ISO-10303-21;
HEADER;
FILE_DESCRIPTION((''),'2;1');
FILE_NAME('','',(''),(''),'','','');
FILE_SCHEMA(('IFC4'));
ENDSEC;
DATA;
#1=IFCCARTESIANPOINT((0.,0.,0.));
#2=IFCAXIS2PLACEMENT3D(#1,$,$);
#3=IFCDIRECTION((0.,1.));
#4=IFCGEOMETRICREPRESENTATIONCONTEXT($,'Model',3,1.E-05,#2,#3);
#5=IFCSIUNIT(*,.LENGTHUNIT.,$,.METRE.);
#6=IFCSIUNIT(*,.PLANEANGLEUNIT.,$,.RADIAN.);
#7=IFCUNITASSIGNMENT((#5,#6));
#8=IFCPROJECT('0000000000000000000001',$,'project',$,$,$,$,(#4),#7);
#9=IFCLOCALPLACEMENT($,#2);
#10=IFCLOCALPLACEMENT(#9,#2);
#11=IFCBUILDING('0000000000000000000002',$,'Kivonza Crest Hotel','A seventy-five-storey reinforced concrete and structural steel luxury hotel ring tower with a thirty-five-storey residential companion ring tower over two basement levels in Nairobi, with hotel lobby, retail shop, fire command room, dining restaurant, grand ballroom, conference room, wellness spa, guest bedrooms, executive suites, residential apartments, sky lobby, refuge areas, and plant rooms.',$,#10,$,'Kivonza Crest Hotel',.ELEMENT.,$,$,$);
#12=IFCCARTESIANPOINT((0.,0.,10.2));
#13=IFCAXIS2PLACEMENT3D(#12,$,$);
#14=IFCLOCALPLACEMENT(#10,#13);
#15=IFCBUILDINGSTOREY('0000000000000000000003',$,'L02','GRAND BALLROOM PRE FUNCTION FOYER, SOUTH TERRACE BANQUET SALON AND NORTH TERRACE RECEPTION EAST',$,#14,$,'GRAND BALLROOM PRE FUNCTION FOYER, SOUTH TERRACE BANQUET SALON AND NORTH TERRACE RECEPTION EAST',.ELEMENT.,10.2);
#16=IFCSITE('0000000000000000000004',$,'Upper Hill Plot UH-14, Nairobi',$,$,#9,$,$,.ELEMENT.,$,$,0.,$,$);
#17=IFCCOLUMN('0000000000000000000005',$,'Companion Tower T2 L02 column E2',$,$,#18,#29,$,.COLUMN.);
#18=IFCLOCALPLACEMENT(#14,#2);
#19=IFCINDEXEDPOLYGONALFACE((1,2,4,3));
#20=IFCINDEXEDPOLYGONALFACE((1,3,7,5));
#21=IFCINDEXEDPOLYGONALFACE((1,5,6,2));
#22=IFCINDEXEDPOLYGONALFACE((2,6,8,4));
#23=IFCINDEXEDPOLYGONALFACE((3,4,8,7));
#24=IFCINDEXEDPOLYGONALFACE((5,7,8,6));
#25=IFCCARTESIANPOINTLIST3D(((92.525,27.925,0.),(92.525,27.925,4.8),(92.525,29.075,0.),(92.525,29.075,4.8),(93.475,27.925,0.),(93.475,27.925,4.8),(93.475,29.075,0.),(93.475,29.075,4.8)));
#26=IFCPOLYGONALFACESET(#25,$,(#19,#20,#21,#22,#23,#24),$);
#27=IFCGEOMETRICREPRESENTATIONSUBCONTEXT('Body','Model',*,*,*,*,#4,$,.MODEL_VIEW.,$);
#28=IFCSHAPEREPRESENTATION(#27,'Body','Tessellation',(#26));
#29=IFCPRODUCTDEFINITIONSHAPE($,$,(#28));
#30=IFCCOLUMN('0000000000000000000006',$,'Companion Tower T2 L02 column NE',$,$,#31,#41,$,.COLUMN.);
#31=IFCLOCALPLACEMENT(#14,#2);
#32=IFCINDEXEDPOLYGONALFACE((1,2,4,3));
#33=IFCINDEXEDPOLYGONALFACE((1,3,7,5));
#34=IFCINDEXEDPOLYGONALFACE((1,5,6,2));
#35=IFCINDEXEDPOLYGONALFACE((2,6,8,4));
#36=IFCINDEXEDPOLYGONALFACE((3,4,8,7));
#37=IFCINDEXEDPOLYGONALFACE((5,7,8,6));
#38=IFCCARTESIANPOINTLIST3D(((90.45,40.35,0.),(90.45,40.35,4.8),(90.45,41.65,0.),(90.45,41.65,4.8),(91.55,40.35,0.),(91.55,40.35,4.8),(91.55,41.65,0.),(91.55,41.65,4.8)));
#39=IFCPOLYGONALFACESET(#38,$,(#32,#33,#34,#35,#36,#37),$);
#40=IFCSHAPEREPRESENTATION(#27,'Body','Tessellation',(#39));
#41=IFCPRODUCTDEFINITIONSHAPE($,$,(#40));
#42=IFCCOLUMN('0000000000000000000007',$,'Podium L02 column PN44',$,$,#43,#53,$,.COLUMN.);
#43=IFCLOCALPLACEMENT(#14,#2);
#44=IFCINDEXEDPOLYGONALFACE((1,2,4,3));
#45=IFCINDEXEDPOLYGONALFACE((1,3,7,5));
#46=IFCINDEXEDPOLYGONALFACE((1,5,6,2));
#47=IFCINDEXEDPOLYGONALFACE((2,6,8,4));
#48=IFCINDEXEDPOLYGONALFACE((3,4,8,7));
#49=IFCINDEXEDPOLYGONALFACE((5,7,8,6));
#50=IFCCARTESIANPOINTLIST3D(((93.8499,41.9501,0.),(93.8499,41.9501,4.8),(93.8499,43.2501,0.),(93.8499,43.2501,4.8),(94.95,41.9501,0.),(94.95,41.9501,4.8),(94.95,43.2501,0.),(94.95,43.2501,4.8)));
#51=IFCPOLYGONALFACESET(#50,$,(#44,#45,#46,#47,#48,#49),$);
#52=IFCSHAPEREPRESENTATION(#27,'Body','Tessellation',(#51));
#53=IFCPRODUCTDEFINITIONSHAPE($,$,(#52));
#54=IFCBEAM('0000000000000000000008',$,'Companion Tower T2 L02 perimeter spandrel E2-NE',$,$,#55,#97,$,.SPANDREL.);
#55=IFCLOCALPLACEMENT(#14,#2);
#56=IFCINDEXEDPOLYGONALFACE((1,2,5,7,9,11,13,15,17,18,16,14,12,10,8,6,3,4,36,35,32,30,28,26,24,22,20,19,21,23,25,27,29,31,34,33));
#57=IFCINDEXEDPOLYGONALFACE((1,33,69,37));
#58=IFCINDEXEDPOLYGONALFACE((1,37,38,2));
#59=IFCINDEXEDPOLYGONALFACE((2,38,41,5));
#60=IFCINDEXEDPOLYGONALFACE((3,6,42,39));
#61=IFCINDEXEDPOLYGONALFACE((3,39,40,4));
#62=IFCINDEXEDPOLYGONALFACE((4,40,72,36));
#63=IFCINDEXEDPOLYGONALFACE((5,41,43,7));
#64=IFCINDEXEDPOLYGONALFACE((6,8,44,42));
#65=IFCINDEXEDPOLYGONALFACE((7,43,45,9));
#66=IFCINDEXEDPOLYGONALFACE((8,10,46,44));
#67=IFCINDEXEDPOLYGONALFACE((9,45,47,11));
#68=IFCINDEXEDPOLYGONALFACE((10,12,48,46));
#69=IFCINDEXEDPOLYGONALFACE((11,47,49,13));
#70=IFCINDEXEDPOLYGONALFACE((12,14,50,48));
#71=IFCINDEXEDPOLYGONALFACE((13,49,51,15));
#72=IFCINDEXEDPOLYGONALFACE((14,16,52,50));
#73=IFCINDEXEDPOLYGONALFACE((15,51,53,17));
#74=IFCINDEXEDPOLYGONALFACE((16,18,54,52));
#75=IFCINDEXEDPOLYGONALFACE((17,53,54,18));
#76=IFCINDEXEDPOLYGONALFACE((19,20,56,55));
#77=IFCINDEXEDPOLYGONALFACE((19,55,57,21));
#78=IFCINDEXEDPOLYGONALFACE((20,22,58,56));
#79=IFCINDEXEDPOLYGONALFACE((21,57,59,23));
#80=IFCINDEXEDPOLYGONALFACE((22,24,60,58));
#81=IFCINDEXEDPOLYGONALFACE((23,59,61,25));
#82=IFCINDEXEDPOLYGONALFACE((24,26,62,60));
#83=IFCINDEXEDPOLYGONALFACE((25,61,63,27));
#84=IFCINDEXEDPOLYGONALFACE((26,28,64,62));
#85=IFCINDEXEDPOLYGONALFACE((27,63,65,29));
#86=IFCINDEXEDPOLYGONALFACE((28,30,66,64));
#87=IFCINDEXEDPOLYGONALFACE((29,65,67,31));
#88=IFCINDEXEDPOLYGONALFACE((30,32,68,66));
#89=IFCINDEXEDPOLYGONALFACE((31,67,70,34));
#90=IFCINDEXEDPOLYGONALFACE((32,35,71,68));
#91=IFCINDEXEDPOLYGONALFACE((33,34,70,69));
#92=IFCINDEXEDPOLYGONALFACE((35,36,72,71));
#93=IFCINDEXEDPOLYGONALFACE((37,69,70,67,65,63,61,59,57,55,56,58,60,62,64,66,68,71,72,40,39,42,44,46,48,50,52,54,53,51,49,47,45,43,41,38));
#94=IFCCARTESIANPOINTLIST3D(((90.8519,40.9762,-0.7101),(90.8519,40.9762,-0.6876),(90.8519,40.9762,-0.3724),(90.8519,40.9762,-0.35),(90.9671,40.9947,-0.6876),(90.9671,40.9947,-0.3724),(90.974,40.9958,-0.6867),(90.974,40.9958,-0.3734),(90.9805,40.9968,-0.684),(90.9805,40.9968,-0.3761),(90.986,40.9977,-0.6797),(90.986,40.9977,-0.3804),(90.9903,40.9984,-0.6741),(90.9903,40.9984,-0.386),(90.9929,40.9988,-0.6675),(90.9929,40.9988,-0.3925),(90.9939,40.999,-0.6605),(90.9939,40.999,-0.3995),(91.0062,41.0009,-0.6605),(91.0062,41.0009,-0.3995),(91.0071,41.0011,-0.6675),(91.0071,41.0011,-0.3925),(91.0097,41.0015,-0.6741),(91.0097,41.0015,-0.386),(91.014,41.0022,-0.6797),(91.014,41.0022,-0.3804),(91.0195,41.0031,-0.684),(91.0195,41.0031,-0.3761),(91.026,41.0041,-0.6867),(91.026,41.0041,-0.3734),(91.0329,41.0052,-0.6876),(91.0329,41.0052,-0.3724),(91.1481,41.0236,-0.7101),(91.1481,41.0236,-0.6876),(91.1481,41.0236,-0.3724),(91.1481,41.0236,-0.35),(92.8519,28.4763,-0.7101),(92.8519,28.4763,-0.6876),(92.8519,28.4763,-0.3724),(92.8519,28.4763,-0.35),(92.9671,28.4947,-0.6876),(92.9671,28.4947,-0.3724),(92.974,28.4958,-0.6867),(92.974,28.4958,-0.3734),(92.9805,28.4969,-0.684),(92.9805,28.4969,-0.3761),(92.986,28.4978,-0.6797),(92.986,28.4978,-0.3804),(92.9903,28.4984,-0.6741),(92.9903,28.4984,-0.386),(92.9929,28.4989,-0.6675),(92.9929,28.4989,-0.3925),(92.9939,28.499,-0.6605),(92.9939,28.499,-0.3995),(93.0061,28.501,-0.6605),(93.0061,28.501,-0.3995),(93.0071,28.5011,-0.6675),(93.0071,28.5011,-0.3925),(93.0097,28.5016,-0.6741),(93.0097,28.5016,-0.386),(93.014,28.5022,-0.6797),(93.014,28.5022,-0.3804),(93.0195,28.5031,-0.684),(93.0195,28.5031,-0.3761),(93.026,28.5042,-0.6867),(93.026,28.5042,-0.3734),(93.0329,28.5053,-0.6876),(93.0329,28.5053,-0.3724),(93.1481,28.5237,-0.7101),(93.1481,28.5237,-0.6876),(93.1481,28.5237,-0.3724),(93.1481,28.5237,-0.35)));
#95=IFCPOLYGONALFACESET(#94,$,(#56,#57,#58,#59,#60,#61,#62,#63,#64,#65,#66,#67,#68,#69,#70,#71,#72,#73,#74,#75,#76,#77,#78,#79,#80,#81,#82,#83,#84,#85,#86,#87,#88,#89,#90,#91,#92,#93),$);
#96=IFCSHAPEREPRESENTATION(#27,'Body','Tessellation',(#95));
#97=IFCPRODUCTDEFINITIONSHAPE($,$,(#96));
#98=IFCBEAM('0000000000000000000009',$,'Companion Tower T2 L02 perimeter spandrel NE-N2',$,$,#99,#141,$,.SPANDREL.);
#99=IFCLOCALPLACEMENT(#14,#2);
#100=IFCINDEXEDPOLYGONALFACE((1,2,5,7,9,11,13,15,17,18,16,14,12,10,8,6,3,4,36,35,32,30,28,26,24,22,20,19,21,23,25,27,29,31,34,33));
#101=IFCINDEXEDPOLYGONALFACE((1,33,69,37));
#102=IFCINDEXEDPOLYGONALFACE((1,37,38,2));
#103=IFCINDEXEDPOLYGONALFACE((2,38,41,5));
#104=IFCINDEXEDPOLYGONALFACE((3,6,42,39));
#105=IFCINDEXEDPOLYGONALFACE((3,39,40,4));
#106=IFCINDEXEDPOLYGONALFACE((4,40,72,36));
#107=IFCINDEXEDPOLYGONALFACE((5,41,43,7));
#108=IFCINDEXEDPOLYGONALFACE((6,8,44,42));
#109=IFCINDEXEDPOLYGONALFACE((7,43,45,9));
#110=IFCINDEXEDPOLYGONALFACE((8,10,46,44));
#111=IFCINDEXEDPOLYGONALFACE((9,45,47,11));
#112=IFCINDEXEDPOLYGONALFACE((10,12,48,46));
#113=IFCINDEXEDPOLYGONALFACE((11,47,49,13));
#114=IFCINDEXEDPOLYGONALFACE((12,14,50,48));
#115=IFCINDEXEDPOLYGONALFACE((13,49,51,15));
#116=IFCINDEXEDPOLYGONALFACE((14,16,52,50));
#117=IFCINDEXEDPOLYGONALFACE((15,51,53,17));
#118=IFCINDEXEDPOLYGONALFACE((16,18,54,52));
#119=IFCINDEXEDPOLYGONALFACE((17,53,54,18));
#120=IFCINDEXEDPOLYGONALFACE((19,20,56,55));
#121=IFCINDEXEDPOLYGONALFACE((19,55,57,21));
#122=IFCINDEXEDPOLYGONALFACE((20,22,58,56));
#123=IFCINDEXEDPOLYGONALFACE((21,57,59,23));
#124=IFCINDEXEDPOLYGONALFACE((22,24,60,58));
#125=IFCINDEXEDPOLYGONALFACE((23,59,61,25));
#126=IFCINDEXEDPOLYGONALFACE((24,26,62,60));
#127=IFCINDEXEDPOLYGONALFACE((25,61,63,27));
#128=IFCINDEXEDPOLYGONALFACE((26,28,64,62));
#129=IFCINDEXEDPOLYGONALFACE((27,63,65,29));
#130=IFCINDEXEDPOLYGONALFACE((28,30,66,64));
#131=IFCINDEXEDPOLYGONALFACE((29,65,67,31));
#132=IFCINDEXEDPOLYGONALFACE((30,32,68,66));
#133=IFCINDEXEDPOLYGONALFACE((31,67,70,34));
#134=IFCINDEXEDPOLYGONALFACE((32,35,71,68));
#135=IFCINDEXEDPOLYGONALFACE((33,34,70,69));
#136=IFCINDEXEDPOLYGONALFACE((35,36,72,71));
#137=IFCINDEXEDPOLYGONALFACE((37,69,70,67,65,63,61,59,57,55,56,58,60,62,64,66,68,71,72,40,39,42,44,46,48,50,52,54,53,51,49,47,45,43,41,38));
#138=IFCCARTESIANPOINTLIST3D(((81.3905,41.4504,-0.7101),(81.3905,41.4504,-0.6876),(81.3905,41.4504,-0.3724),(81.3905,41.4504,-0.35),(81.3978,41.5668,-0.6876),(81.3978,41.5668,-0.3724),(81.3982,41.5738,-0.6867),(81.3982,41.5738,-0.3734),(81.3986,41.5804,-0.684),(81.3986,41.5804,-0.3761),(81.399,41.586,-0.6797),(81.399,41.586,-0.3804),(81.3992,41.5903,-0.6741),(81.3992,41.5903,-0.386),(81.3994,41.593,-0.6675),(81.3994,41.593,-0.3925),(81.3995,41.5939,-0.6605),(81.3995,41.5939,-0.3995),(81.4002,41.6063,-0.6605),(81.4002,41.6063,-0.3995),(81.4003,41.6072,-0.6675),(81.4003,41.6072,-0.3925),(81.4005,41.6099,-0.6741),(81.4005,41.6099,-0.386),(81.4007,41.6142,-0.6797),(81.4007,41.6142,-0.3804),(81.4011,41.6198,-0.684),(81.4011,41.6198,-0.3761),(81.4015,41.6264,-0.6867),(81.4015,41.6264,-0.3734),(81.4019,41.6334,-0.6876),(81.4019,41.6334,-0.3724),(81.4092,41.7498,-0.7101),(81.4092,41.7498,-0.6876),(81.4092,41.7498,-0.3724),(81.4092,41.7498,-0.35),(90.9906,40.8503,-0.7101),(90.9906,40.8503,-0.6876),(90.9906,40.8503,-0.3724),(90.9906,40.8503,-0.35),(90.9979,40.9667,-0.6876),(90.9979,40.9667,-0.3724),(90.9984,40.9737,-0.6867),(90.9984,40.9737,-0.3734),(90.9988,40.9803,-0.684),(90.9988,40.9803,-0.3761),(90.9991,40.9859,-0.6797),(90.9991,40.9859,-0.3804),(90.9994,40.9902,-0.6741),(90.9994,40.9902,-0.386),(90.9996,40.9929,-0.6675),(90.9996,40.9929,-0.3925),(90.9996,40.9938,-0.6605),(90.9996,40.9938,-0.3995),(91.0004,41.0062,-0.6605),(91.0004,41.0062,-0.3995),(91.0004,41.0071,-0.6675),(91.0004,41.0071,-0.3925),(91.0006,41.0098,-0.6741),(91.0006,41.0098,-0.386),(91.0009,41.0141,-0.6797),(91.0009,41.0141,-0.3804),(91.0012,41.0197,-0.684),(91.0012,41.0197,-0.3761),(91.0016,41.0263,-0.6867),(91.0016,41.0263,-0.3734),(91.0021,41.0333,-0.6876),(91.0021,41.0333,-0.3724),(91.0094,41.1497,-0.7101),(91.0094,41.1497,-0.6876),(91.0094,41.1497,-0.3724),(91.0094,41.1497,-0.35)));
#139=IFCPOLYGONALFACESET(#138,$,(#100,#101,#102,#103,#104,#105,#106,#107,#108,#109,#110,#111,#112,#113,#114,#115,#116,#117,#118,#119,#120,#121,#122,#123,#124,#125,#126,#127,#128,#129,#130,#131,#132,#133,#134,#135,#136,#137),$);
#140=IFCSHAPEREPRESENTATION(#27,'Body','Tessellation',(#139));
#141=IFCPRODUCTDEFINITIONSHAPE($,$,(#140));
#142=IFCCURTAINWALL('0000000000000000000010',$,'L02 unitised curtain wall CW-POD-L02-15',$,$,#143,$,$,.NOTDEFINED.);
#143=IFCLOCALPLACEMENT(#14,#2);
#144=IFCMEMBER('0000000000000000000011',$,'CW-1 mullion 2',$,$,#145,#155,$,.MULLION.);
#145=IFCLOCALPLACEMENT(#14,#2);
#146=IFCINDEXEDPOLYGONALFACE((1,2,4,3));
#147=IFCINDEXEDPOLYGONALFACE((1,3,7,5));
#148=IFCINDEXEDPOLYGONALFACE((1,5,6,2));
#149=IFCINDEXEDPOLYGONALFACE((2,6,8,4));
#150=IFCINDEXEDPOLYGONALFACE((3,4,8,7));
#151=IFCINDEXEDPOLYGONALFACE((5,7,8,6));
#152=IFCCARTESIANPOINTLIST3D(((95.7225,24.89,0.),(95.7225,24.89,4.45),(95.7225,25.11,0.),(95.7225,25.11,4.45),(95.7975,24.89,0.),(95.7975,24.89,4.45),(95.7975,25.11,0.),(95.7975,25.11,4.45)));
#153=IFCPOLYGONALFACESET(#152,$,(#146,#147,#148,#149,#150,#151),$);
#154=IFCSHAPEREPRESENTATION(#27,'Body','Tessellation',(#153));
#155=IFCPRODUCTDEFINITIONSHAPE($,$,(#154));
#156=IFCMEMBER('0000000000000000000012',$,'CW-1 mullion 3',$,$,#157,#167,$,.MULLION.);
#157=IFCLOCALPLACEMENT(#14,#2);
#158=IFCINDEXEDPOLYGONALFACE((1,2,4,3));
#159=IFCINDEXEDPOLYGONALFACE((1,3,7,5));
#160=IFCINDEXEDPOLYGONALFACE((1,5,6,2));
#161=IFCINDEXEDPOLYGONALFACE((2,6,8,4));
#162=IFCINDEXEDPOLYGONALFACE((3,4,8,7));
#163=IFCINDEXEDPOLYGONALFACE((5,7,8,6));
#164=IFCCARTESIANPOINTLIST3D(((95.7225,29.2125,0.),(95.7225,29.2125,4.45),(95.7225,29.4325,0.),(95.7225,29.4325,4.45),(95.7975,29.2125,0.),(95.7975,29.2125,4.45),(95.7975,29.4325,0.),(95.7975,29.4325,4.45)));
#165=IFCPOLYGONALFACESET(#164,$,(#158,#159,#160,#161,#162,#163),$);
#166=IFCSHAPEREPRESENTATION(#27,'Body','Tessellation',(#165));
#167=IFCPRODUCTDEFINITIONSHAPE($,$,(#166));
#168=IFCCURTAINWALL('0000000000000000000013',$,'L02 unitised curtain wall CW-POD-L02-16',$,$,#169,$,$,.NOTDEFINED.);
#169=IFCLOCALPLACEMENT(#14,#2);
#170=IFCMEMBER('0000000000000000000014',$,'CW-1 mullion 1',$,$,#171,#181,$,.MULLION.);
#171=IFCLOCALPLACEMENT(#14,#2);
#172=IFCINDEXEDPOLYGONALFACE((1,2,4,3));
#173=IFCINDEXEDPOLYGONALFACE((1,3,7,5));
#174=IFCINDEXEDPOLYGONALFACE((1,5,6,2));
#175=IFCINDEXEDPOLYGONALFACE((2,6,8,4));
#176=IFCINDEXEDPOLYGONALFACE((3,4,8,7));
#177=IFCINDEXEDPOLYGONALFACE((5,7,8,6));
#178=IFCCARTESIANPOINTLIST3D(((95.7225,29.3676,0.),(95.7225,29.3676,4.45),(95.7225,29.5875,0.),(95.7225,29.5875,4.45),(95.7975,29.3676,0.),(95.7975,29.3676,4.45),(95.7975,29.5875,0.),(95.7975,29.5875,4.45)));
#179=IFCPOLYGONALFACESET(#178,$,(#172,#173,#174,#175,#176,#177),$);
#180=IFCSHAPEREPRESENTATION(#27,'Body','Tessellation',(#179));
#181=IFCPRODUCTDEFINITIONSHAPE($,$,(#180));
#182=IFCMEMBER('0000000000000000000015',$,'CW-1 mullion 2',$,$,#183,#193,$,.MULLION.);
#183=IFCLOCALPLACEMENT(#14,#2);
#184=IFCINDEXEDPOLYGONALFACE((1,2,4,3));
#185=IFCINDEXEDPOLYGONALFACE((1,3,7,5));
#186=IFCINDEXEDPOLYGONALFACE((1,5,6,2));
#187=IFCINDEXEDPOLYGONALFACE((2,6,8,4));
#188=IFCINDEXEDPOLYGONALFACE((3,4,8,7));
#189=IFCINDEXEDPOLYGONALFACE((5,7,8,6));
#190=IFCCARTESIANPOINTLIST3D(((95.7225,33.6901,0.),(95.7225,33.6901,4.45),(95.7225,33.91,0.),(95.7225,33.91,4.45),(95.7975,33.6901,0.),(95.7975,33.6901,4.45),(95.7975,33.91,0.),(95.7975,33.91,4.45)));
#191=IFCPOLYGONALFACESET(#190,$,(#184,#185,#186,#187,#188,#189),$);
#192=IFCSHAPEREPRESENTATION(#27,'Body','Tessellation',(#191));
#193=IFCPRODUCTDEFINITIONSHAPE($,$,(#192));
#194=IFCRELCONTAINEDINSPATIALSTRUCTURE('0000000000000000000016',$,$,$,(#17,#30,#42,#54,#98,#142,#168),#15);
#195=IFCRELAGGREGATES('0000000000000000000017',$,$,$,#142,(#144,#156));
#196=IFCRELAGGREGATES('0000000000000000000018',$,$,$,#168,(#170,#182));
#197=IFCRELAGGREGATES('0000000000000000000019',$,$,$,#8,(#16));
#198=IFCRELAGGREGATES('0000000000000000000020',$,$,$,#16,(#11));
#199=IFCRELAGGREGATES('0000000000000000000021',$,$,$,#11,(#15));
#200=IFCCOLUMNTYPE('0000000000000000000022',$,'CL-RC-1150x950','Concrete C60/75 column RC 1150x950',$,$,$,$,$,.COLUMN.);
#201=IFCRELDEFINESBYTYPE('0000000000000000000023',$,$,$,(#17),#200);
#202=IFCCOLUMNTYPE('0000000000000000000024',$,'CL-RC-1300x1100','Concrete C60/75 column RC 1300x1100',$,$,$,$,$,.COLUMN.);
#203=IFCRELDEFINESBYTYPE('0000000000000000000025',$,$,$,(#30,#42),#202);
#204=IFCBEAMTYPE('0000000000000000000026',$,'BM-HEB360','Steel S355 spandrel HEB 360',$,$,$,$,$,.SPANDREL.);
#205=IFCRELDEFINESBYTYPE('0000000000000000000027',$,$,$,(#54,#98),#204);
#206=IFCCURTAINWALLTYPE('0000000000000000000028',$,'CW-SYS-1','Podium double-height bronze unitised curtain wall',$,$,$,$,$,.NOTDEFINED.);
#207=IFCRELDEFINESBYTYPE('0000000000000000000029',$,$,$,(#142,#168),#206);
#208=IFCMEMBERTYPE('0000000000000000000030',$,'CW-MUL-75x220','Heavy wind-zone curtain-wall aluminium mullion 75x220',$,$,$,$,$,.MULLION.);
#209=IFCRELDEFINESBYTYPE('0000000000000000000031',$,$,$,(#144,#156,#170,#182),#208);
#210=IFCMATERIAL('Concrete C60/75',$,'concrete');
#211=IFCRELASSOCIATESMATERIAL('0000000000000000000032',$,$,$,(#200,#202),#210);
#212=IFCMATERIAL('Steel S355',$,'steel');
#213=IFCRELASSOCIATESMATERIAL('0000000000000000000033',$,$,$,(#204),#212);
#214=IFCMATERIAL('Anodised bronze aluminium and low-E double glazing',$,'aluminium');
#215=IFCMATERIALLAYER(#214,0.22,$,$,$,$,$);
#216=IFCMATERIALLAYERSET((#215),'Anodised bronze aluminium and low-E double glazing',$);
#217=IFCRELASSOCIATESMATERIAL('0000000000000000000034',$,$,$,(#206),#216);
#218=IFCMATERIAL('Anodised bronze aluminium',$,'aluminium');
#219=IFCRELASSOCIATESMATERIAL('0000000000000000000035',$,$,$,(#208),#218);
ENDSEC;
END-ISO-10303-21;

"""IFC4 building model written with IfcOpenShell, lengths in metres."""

from ifc_helpers import new_model, si_unit, direction, frame, origin, origin_2d, place, context, subcontext, project, spatial, rectangle, i_section, extrude, material, layer, layer_set, material_profile, profile_set, type_object, element, aggregate, save


model = new_model("IFC4")

# Units and contexts
model_context = context("Model", 3, precision=1e-05, world=origin(), true_north=direction((0.0, 1.0)))
body_context = subcontext(model_context, "Body", "Model", "MODEL_VIEW")
ifc_project = project(units=[si_unit("LENGTHUNIT", "METRE"), si_unit("PLANEANGLEUNIT", "RADIAN")], contexts=[model_context])

# Site, building, storey
site_placement = place(None, origin())
site = spatial("IfcSite", under=ifc_project, at=site_placement, Name="Upper Hill Plot UH-14, Nairobi", CompositionType="ELEMENT", RefElevation=0.0)
building_placement = place(site_placement, origin())
building = spatial("IfcBuilding", under=site, at=building_placement, Name="Kivonza Crest Hotel", Description="A seventy-five-storey reinforced concrete and structural steel luxury hotel ring tower with a thirty-five-storey residential companion ring tower over two basement levels in Nairobi, with hotel lobby, retail shop, fire command room, dining restaurant, grand ballroom, conference room, wellness spa, guest bedrooms, executive suites, residential apartments, sky lobby, refuge areas, and plant rooms.", LongName="Kivonza Crest Hotel", CompositionType="ELEMENT")
storey_placement = place(building_placement, frame((0.0, 0.0, 10.2)))
storey = spatial("IfcBuildingStorey", under=building, at=storey_placement, Name="L02", Description="GRAND BALLROOM PRE FUNCTION FOYER, SOUTH TERRACE BANQUET SALON AND NORTH TERRACE RECEPTION EAST", LongName="GRAND BALLROOM PRE FUNCTION FOYER, SOUTH TERRACE BANQUET SALON AND NORTH TERRACE RECEPTION EAST", CompositionType="ELEMENT", Elevation=10.2)

# Columns
ifc_material_1 = material(Name="Concrete C60/75", Category="concrete")
ifc_material_profile_1 = material_profile(ifc_material_1, rectangle(XDim=0.95, YDim=1.1499, at=origin_2d()), Name="RC 1150x950")
ifc_profile_set_1 = profile_set([ifc_material_profile_1], Name="Concrete C60/75")
column_type_1 = type_object("IfcColumnType", Name="CL-RC-1150x950", Description="Concrete C60/75 column RC 1150x950", PredefinedType="COLUMN", material=ifc_profile_set_1)
column_placement = place(storey_placement, frame((93.0, 28.5, 0.0), z_axis=(0.0, 0.0, 1.0), x_axis=(1.0, 0.0, 0.0)))
element("IfcColumn", 1, at=column_placement, inside=storey, type_object=column_type_1, Name="Companion Tower T2 L02 column E2", PredefinedType="COLUMN", context=body_context, shape_type="SweptSolid", body=[
    extrude(rectangle(XDim=0.95, YDim=1.1499, at=origin_2d()), origin(), (0.0, 0.0, 1.0), 4.8),
])
ifc_material_profile_2 = material_profile(ifc_material_1, rectangle(XDim=1.1001, YDim=1.3, at=origin_2d()), Name="RC 1300x1100")
ifc_profile_set_2 = profile_set([ifc_material_profile_2], Name="Concrete C60/75")
column_type_2 = type_object("IfcColumnType", Name="CL-RC-1300x1100", Description="Concrete C60/75 column RC 1300x1100", PredefinedType="COLUMN", material=ifc_profile_set_2)
for number, where, z_axis, x_axis, name in (
    (2, (91.0, 41.0, 0.0), (0.0, 0.0, 1.0), (1.0, 0.0, 0.0), "Companion Tower T2 L02 column NE"),
    (3, (94.3999, 42.6001, 0.0), (0.0, 0.0, 1.0), (1.0, 0.0, 0.0), "Podium L02 column PN44"),
):
    element("IfcColumn", number, at=place(storey_placement, frame(where, z_axis=z_axis, x_axis=x_axis)), inside=storey, type_object=column_type_2, Name=name, PredefinedType="COLUMN", context=body_context, shape_type="SweptSolid", body=[
        extrude(rectangle(XDim=1.1001, YDim=1.3, at=origin_2d()), origin(), (0.0, 0.0, 1.0), 4.8),
    ])

# Beams
ifc_material_2 = material(Name="Steel S355", Category="steel")
ifc_material_profile_3 = material_profile(ifc_material_2, i_section(OverallWidth=0.3, OverallDepth=0.3601, WebThickness=0.0125, FlangeThickness=0.0225, FilletRadius=0.0271, at=origin_2d()), Name="HEB 360")
ifc_profile_set_3 = profile_set([ifc_material_profile_3], Name="Steel S355")
beam_type = type_object("IfcBeamType", Name="BM-HEB360", Description="Steel S355 spandrel HEB 360", PredefinedType="SPANDREL", material=ifc_profile_set_3)
beam_1_placement = place(storey_placement, frame((93.0, 28.5, -0.53), z_axis=(-0.157991, 0.987441, 0.0), x_axis=(-0.987441, -0.157991, 0.0)))
element("IfcBeam", 4, at=beam_1_placement, inside=storey, type_object=beam_type, Name="Companion Tower T2 L02 perimeter spandrel E2-NE", PredefinedType="SPANDREL", context=body_context, shape_type="SweptSolid", body=[
    extrude(i_section(OverallWidth=0.3, OverallDepth=0.3601, WebThickness=0.0125, FlangeThickness=0.0225, FilletRadius=0.0271, at=origin_2d()), origin(), (0.0, 0.0, 1.0), 12.6589),
])
beam_2_placement = place(storey_placement, frame((91.0, 41.0, -0.53), z_axis=(-0.998052, 0.062388, 0.0), x_axis=(-0.062388, -0.998052, 0.0)))
element("IfcBeam", 5, at=beam_2_placement, inside=storey, type_object=beam_type, Name="Companion Tower T2 L02 perimeter spandrel NE-N2", PredefinedType="SPANDREL", context=body_context, shape_type="SweptSolid", body=[
    extrude(i_section(OverallWidth=0.3, OverallDepth=0.3601, WebThickness=0.0125, FlangeThickness=0.0225, FilletRadius=0.0271, at=origin_2d()), origin(), (0.0, 0.0, 1.0), 9.6189),
])

# Curtain walls, members
ifc_material_3 = material(Name="Anodised bronze aluminium and low-E double glazing", Category="aluminium")
ifc_layer_1 = layer(ifc_material_3, 0.22)
ifc_layer_set_1 = layer_set([ifc_layer_1], Name="Anodised bronze aluminium and low-E double glazing")
curtain_wall_type = type_object("IfcCurtainWallType", Name="CW-SYS-1", Description="Podium double-height bronze unitised curtain wall", PredefinedType="NOTDEFINED", material=ifc_layer_set_1)
curtain_wall_1_placement = place(storey_placement, origin())
curtain_wall_1 = element("IfcCurtainWall", 6, at=curtain_wall_1_placement, inside=storey, type_object=curtain_wall_type, Name="L02 unitised curtain wall CW-POD-L02-15", PredefinedType="NOTDEFINED")
ifc_material_4 = material(Name="Anodised bronze aluminium", Category="aluminium")
ifc_material_profile_4 = material_profile(ifc_material_4, rectangle(XDim=0.075, YDim=0.22, at=origin_2d()), Name="CW-M 75x220")
ifc_profile_set_4 = profile_set([ifc_material_profile_4], Name="Anodised bronze aluminium")
member_type_1 = type_object("IfcMemberType", Name="CW-MUL-75x220", Description="Heavy wind-zone curtain-wall aluminium mullion 75x220", PredefinedType="MULLION", material=ifc_profile_set_4)
member_1_placement = place(storey_placement, frame((95.76, 25.0, 0.0), z_axis=(0.0, 0.0, 1.0), x_axis=(-1.0, 0.0, 0.0)))
member_1 = element("IfcMember", 7, at=member_1_placement, type_object=member_type_1, Name="CW-1 mullion 2", PredefinedType="MULLION", context=body_context, shape_type="SweptSolid", body=[
    extrude(rectangle(XDim=0.075, YDim=0.22, at=origin_2d()), origin(), (0.0, 0.0, 1.0), 4.45),
])
member_2_placement = place(storey_placement, frame((95.76, 29.3225, 0.0), z_axis=(0.0, 0.0, 1.0), x_axis=(-1.0, 0.0, 0.0)))
member_2 = element("IfcMember", 8, at=member_2_placement, type_object=member_type_1, Name="CW-1 mullion 3", PredefinedType="MULLION", context=body_context, shape_type="SweptSolid", body=[
    extrude(rectangle(XDim=0.075, YDim=0.22, at=origin_2d()), origin(), (0.0, 0.0, 1.0), 4.45),
])
curtain_wall_2_placement = place(storey_placement, origin())
curtain_wall_2 = element("IfcCurtainWall", 9, at=curtain_wall_2_placement, inside=storey, type_object=curtain_wall_type, Name="L02 unitised curtain wall CW-POD-L02-16", PredefinedType="NOTDEFINED")
member_3_placement = place(storey_placement, frame((95.76, 29.4775, 0.0), z_axis=(0.0, 0.0, 1.0), x_axis=(-1.0, 0.0, 0.0)))
member_3 = element("IfcMember", 10, at=member_3_placement, type_object=member_type_1, Name="CW-1 mullion 1", PredefinedType="MULLION", context=body_context, shape_type="SweptSolid", body=[
    extrude(rectangle(XDim=0.075, YDim=0.22, at=origin_2d()), origin(), (0.0, 0.0, 1.0), 4.45),
])
member_4_placement = place(storey_placement, frame((95.76, 33.8, 0.0), z_axis=(0.0, 0.0, 1.0), x_axis=(-1.0, 0.0, 0.0)))
member_4 = element("IfcMember", 11, at=member_4_placement, type_object=member_type_1, Name="CW-1 mullion 2", PredefinedType="MULLION", context=body_context, shape_type="SweptSolid", body=[
    extrude(rectangle(XDim=0.075, YDim=0.22, at=origin_2d()), origin(), (0.0, 0.0, 1.0), 4.45),
])

aggregate(curtain_wall_1, [member_1, member_2])
aggregate(curtain_wall_2, [member_3, member_4])

save(model, "model.ifc")
